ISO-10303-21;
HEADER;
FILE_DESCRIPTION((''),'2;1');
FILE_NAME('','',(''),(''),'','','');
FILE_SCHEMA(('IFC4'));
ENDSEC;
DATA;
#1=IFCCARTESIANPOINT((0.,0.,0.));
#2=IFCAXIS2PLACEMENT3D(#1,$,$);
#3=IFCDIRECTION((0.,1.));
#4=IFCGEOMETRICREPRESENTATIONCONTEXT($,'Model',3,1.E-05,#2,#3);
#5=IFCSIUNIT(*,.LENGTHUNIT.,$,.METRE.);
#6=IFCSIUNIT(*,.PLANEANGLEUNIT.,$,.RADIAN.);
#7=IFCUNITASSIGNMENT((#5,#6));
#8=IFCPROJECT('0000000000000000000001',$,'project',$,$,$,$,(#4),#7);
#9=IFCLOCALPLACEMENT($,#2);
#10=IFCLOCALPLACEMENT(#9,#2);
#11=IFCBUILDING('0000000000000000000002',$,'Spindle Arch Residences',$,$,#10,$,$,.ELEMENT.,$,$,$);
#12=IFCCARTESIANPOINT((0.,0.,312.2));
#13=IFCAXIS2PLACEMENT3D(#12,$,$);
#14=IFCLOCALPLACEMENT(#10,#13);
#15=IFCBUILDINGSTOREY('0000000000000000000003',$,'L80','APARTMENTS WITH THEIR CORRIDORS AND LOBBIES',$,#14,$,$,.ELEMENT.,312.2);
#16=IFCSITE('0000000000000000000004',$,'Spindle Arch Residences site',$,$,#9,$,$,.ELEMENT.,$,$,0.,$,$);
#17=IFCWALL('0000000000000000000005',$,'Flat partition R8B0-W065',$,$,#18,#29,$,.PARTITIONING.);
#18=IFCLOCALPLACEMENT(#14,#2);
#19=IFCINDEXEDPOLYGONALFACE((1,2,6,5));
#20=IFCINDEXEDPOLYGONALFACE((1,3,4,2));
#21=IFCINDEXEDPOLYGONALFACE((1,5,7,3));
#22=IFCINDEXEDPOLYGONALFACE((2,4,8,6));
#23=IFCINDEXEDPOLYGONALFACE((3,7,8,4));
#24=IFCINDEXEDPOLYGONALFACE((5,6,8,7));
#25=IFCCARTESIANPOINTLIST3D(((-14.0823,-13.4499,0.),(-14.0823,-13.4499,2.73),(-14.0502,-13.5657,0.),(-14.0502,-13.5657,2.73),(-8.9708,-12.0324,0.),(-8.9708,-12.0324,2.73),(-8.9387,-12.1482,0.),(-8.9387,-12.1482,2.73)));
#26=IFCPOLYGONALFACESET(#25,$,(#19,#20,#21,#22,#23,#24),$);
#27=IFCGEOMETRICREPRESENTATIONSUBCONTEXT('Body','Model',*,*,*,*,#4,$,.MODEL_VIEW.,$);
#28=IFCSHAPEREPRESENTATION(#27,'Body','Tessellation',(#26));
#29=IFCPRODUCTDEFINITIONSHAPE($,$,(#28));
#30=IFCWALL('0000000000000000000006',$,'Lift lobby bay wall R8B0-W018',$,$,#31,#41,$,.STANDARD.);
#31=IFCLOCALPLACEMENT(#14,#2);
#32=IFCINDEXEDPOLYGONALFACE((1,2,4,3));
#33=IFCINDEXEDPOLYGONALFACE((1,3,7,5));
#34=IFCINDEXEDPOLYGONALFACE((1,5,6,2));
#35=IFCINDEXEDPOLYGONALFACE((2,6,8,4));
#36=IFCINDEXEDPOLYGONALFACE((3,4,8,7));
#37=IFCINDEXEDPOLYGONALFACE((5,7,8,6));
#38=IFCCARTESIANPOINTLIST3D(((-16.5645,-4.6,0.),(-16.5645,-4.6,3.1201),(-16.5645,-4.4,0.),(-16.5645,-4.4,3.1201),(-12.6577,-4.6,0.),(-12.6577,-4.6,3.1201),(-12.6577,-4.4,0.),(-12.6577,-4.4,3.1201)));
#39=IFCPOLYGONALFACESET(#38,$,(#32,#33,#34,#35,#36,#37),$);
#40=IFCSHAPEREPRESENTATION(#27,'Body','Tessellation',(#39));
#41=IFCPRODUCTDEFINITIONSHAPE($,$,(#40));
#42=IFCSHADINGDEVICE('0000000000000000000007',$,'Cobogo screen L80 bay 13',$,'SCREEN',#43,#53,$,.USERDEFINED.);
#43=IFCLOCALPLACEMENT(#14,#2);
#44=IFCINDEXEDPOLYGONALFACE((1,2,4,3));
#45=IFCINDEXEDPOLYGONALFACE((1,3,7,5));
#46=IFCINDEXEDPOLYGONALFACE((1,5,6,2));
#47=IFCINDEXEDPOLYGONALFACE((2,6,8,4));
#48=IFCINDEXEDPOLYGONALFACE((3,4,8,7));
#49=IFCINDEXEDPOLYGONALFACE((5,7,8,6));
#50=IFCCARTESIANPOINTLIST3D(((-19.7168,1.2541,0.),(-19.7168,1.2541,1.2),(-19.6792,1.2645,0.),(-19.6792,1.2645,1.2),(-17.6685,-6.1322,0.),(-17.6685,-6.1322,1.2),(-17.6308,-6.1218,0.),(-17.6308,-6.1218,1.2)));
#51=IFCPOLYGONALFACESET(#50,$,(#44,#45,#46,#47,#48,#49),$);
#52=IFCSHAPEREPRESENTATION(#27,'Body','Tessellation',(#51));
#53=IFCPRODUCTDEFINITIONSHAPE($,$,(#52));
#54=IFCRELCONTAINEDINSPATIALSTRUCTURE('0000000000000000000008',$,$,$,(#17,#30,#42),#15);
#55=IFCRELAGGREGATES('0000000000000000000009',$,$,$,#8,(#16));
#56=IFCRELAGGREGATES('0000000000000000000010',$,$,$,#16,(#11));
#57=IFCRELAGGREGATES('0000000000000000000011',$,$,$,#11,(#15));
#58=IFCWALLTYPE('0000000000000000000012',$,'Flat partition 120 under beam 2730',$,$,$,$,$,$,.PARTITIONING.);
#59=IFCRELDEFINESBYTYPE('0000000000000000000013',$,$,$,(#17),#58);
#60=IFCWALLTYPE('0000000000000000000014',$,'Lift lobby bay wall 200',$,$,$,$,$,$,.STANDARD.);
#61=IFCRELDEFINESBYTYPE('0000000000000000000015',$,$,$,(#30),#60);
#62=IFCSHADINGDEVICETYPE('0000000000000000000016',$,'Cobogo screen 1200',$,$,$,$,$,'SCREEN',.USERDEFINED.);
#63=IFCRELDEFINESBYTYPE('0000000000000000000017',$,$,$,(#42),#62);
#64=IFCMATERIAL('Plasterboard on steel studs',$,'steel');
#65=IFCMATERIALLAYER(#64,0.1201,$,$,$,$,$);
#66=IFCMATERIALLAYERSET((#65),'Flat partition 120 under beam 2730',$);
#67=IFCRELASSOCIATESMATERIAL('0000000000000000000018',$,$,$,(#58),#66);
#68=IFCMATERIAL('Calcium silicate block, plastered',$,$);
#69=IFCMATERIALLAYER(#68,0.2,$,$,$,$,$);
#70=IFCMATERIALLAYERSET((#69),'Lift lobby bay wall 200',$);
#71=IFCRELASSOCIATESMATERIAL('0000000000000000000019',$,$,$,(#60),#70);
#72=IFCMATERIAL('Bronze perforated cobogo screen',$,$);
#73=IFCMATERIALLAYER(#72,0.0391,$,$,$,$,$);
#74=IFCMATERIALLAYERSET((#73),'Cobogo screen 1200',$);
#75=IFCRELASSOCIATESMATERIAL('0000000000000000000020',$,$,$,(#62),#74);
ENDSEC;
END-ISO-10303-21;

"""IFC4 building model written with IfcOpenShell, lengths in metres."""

from ifc_helpers import new_model, si_unit, direction, frame, frame_2d, origin, origin_2d, place, context, subcontext, project, spatial, rectangle, extrude, material, layer, layer_set, type_object, element, save


model = new_model("IFC4")

# Units and contexts
model_context = context("Model", 3, precision=1e-05, world=origin(), true_north=direction((0.0, 1.0)))
body_context = subcontext(model_context, "Body", "Model", "MODEL_VIEW")
ifc_project = project(units=[si_unit("LENGTHUNIT", "METRE"), si_unit("PLANEANGLEUNIT", "RADIAN")], contexts=[model_context])

# Site, building, storey
site_placement = place(None, origin())
site = spatial("IfcSite", under=ifc_project, at=site_placement, Name="Spindle Arch Residences site", CompositionType="ELEMENT", RefElevation=0.0)
building_placement = place(site_placement, origin())
building = spatial("IfcBuilding", under=site, at=building_placement, Name="Spindle Arch Residences", CompositionType="ELEMENT")
storey_placement = place(building_placement, frame((0.0, 0.0, 312.2)))
storey = spatial("IfcBuildingStorey", under=building, at=storey_placement, Name="L80", Description="APARTMENTS WITH THEIR CORRIDORS AND LOBBIES", CompositionType="ELEMENT", Elevation=312.2)

# Wall
ifc_material_1 = material(Name="Plasterboard on steel studs", Category="steel")
ifc_layer_1 = layer(ifc_material_1, 0.1201)
ifc_layer_set_1 = layer_set([ifc_layer_1], Name="Flat partition 120 under beam 2730")
wall_type_1 = type_object("IfcWallType", Name="Flat partition 120 under beam 2730", PredefinedType="PARTITIONING", material=ifc_layer_set_1)
wall_1_placement = place(storey_placement, frame((-14.0664, -13.5078, 0.0), z_axis=(0.0, 0.0, 1.0), x_axis=(0.963635, 0.267224, 0.0)))
element("IfcWall", 1, at=wall_1_placement, inside=storey, type_object=wall_type_1, Name="Flat partition R8B0-W065", PredefinedType="PARTITIONING", context=body_context, shape_type="SweptSolid", body=[
    extrude(rectangle(XDim=5.3044, YDim=0.1201, at=frame_2d((2.6523, 0.0))), origin(), (0.0, 0.0, 1.0), 2.73),
])

# Wall
ifc_material_2 = material(Name="Calcium silicate block, plastered")
ifc_layer_2 = layer(ifc_material_2, 0.2)
ifc_layer_set_2 = layer_set([ifc_layer_2], Name="Lift lobby bay wall 200")
wall_type_2 = type_object("IfcWallType", Name="Lift lobby bay wall 200", PredefinedType="STANDARD", material=ifc_layer_set_2)
wall_2_placement = place(storey_placement, frame((-16.5645, -4.5, 0.0), z_axis=(0.0, 0.0, 1.0), x_axis=(1.0, 0.0, 0.0)))
element("IfcWall", 2, at=wall_2_placement, inside=storey, type_object=wall_type_2, Name="Lift lobby bay wall R8B0-W018", PredefinedType="STANDARD", context=body_context, shape_type="SweptSolid", body=[
    extrude(rectangle(XDim=3.9067, YDim=0.2, at=frame_2d((1.9534, 0.0))), origin(), (0.0, 0.0, 1.0), 3.1201),
])

# Shading device
ifc_material_3 = material(Name="Bronze perforated cobogo screen")
ifc_layer_3 = layer(ifc_material_3, 0.0391)
ifc_layer_set_3 = layer_set([ifc_layer_3], Name="Cobogo screen 1200")
shading_device_type = type_object("IfcShadingDeviceType", Name="Cobogo screen 1200", ElementType="SCREEN", PredefinedType="USERDEFINED", material=ifc_layer_set_3)
shading_device_placement = place(storey_placement, frame((-18.6738, -2.4338, 0.0), z_axis=(0.0, 0.0, 1.0), x_axis=(0.267238, -0.96363, 0.0)))
element("IfcShadingDevice", 3, at=shading_device_placement, inside=storey, type_object=shading_device_type, Name="Cobogo screen L80 bay 13", ObjectType="SCREEN", PredefinedType="USERDEFINED", context=body_context, shape_type="SweptSolid", body=[
    extrude(rectangle(XDim=7.665, YDim=0.0391, at=origin_2d()), origin(), (0.0, 0.0, 1.0), 1.2),
])

save(model, "model.ifc")
